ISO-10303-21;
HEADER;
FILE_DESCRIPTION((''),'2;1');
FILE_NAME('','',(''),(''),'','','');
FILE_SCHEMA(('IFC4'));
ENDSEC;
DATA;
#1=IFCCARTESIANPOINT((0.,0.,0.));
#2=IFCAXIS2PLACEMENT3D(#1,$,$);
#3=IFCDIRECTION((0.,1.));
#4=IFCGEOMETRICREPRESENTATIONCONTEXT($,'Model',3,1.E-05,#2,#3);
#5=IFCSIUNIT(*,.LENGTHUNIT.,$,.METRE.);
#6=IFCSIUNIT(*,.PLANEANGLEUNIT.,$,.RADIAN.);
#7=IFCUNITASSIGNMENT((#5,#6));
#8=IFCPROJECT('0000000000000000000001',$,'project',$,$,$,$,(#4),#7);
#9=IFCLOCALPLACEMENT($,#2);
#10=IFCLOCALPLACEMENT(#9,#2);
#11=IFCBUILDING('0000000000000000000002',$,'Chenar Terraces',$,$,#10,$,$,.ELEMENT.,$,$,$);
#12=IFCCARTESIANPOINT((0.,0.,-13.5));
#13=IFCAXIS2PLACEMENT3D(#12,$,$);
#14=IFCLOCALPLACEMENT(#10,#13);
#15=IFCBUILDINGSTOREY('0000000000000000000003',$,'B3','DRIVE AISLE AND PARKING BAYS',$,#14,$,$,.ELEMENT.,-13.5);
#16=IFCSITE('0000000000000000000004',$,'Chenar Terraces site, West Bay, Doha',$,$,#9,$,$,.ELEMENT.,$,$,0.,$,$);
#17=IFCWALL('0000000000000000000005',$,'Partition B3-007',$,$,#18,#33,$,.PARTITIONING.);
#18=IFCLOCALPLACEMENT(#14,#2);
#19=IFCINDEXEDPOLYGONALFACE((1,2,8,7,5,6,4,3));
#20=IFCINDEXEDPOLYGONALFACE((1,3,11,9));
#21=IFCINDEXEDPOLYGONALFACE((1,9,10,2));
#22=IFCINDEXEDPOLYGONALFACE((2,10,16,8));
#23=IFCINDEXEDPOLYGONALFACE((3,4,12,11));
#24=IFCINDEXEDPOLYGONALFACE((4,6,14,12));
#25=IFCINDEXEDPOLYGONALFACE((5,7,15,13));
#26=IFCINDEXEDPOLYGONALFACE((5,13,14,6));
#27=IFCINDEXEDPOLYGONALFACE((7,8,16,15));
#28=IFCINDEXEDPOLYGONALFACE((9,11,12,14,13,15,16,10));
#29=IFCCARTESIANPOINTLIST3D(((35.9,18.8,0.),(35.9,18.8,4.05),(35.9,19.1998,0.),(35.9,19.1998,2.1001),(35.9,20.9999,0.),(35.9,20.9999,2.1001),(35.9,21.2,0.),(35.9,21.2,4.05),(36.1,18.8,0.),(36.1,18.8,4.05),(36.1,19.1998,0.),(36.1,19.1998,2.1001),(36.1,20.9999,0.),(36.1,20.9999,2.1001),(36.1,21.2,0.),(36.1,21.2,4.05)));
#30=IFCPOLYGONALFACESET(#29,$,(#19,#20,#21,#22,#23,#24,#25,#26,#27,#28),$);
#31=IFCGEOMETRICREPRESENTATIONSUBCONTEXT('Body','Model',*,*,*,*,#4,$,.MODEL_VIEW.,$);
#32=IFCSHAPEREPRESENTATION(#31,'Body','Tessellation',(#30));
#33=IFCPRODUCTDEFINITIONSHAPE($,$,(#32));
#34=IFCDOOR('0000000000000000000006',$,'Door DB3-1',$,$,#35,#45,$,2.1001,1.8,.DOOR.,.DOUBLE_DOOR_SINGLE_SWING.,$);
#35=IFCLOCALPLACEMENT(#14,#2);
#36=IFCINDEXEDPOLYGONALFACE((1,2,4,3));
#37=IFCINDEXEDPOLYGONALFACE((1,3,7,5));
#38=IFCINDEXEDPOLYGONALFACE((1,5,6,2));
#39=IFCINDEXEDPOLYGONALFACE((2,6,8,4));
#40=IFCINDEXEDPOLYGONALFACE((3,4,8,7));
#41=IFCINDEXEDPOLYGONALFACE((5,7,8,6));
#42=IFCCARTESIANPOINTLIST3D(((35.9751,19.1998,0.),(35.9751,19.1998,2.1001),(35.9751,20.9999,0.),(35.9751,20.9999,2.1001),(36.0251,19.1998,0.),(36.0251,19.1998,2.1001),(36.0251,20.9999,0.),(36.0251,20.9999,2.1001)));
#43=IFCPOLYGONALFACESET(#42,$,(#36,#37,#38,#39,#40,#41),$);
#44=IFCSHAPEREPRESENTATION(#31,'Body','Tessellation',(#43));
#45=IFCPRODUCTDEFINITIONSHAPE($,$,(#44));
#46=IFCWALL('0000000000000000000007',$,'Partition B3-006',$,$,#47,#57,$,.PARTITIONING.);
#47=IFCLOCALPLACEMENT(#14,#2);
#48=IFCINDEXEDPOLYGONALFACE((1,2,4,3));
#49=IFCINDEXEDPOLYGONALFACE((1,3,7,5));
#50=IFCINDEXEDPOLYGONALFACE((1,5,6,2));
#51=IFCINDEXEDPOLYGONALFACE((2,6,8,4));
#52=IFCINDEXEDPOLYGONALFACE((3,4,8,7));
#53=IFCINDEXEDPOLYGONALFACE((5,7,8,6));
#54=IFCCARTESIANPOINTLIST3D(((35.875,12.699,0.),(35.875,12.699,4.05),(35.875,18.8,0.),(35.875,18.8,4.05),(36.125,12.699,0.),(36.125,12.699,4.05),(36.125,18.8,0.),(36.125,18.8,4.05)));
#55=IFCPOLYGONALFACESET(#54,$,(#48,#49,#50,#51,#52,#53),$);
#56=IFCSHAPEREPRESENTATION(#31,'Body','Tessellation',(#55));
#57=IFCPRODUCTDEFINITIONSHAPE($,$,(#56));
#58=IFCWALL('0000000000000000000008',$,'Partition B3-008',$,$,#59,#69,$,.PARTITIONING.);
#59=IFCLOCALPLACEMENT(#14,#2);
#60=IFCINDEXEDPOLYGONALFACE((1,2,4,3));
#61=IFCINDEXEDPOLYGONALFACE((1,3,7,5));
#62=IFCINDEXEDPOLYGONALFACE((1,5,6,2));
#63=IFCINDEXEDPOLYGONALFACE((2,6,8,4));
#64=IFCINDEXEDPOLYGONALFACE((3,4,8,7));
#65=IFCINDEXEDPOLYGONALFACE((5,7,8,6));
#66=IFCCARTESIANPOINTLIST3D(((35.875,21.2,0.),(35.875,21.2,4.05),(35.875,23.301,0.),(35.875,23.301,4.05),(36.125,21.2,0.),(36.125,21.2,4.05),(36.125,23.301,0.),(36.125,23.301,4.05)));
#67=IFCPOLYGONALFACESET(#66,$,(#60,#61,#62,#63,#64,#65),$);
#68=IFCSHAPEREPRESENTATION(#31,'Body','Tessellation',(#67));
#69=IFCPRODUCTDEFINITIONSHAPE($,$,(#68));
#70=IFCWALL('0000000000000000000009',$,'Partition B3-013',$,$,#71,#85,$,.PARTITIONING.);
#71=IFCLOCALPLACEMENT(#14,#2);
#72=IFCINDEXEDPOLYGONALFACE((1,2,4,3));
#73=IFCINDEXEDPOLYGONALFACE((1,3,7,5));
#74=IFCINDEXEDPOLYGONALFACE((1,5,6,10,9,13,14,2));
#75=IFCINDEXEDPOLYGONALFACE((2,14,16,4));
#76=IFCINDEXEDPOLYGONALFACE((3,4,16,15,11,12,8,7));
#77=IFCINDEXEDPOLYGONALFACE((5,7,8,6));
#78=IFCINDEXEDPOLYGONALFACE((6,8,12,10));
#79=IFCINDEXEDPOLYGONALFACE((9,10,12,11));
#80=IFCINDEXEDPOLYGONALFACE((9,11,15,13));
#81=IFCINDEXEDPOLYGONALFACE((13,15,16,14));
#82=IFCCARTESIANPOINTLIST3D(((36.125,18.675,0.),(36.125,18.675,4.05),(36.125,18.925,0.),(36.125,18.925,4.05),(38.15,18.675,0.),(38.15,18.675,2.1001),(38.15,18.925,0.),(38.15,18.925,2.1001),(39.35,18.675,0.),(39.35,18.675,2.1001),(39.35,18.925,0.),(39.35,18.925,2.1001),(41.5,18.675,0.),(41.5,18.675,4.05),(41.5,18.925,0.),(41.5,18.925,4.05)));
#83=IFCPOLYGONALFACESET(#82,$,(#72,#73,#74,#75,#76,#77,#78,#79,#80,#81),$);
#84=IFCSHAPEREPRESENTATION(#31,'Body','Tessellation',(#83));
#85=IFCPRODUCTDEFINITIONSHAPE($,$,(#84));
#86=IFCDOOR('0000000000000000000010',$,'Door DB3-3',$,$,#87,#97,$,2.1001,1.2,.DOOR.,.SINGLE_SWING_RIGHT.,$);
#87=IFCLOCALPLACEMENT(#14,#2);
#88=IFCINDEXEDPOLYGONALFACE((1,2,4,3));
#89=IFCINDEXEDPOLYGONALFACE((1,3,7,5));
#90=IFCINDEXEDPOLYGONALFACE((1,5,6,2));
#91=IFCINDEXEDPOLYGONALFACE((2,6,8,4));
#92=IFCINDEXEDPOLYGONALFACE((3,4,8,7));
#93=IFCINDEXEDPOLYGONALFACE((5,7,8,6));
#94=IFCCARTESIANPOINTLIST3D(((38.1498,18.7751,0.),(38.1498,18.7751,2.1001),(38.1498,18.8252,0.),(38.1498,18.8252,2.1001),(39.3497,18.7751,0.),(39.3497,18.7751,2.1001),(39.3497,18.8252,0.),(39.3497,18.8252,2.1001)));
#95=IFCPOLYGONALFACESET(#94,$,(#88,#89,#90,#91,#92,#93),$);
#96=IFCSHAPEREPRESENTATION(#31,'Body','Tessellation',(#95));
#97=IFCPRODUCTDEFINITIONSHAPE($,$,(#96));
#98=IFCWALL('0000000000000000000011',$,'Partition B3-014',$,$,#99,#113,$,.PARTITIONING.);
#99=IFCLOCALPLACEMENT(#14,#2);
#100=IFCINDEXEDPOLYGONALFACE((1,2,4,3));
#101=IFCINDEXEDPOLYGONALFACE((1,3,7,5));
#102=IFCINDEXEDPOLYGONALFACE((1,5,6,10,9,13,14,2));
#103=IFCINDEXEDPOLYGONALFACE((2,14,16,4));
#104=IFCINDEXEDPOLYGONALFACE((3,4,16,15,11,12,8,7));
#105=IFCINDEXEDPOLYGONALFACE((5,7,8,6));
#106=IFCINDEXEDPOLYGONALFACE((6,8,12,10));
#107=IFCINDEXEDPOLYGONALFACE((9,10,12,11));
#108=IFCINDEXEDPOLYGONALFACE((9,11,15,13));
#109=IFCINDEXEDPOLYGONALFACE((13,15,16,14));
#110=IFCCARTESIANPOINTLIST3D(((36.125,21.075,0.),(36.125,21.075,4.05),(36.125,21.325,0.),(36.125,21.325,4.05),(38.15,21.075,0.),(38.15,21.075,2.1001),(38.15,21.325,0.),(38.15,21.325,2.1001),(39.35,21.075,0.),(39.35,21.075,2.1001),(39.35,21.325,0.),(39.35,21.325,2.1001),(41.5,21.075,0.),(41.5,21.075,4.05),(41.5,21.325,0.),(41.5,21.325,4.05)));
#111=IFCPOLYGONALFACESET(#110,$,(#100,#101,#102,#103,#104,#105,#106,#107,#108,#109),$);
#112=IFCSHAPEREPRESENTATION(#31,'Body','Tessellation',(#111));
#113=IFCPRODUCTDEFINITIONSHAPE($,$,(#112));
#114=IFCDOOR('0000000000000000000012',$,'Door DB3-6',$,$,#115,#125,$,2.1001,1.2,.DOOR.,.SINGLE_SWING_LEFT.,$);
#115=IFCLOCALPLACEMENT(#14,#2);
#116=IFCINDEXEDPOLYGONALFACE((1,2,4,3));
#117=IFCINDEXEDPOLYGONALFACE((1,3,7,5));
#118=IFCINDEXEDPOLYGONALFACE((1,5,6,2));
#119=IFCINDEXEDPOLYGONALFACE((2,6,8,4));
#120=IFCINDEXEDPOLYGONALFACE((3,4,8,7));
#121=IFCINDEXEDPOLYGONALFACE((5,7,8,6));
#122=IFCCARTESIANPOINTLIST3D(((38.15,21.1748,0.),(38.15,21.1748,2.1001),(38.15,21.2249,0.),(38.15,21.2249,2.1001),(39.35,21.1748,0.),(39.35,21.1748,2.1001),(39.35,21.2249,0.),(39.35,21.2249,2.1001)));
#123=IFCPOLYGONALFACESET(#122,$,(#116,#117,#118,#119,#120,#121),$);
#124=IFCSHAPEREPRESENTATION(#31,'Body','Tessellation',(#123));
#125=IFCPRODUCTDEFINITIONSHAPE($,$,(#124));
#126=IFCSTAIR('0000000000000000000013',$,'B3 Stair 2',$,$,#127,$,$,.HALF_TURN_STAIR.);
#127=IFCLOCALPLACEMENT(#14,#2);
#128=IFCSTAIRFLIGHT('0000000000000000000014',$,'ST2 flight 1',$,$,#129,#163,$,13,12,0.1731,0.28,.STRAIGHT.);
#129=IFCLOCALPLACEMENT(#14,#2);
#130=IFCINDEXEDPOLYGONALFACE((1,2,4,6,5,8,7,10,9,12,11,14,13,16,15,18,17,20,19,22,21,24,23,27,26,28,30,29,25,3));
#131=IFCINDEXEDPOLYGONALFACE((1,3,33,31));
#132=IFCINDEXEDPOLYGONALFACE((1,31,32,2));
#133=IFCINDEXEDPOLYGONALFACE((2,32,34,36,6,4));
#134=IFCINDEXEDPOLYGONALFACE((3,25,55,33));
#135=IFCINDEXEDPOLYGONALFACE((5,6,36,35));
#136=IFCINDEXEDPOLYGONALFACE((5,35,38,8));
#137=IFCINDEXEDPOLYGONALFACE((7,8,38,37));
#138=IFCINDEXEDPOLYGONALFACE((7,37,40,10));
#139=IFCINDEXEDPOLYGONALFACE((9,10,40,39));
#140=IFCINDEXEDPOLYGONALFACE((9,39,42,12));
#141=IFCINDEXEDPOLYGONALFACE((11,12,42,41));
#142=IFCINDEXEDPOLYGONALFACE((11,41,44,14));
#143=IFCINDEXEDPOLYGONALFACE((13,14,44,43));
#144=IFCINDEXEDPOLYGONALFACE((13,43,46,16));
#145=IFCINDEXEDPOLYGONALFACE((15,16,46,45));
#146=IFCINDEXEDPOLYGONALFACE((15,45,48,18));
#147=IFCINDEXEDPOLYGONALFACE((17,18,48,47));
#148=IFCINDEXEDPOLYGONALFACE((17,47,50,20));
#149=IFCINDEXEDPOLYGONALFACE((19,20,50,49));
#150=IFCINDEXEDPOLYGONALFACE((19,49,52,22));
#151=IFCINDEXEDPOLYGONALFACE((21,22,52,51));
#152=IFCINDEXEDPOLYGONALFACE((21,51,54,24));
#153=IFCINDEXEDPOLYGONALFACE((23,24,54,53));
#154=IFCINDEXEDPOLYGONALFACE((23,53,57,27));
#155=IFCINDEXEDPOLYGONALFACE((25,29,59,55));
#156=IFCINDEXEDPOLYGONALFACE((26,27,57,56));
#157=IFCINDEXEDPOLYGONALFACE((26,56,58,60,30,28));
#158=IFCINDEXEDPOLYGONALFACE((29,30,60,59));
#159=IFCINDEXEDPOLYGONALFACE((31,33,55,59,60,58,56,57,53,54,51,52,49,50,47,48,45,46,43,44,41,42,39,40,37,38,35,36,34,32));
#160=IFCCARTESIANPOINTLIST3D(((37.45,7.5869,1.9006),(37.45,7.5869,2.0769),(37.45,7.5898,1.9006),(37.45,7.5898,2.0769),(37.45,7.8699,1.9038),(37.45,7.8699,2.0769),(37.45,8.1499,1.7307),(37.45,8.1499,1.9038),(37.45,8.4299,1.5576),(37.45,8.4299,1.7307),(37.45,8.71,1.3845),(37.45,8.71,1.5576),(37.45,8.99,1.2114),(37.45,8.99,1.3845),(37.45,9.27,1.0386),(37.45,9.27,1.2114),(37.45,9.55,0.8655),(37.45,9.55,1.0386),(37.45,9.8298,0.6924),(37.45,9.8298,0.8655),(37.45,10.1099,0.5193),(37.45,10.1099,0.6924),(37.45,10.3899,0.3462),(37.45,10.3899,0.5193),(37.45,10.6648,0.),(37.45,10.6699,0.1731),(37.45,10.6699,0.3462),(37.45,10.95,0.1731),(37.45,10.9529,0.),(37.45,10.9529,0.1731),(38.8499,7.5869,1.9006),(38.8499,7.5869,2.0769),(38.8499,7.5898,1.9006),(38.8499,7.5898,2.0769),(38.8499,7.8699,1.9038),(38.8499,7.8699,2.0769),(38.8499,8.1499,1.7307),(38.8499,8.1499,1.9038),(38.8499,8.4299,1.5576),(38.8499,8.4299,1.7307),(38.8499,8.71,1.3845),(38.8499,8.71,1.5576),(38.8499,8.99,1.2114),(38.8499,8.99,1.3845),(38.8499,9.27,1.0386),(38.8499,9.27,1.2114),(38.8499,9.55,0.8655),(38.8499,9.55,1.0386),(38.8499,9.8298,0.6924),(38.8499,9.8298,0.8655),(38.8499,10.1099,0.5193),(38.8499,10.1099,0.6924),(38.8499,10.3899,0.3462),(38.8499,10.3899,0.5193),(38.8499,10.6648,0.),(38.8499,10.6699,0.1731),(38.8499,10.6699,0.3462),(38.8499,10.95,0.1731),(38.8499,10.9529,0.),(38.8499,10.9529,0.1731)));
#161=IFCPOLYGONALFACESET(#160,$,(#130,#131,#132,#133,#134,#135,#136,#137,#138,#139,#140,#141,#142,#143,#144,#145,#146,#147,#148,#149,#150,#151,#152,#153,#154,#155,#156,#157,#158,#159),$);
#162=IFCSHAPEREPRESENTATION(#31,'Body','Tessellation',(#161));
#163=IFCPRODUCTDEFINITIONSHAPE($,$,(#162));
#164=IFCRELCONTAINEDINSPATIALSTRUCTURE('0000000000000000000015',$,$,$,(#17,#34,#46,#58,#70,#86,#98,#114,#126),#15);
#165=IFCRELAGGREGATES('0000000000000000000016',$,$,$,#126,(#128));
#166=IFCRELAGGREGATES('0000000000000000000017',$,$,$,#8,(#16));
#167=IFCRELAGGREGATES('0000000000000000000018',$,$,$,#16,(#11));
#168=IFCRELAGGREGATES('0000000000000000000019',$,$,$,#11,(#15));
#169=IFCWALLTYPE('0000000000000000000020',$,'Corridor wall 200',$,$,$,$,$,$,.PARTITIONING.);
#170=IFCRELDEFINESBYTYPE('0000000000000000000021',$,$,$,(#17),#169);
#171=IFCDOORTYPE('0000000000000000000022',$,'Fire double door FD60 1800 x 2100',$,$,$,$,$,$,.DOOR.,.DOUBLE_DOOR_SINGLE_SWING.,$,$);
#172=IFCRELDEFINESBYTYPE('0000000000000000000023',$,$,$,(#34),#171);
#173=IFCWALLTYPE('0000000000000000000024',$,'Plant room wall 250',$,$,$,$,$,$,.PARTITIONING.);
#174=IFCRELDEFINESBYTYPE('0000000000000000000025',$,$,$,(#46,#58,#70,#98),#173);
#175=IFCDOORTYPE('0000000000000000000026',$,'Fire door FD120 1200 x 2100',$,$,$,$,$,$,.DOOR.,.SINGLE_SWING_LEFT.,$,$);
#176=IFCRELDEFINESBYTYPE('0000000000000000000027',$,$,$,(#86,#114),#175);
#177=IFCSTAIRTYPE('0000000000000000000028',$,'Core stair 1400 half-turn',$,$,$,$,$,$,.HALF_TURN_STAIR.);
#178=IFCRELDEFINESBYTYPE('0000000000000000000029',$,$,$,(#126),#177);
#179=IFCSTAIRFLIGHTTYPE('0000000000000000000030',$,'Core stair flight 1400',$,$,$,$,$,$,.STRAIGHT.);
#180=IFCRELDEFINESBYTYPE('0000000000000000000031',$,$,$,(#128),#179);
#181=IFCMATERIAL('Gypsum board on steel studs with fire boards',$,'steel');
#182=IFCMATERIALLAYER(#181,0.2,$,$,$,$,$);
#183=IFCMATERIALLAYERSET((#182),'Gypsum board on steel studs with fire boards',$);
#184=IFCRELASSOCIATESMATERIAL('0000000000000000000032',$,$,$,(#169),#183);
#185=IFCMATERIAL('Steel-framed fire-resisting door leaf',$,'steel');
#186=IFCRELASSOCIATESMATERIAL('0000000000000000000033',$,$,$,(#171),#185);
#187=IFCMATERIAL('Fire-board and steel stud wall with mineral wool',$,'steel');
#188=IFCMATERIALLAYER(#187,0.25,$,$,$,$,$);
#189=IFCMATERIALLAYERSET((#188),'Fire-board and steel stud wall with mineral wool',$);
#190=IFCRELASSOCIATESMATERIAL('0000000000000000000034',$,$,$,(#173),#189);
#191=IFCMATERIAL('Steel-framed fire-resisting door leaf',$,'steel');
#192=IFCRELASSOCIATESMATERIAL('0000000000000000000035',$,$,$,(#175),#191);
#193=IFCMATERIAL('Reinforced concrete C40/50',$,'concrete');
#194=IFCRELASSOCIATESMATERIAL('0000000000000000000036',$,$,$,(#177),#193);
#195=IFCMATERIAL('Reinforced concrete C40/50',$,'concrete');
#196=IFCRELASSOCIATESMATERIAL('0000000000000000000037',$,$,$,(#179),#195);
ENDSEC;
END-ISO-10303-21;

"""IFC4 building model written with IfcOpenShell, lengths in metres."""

from ifc_helpers import new_model, si_unit, direction, frame, frame_2d, origin, place, context, subcontext, project, spatial, polyline, rectangle, outline, extrude, material, layer, layer_set, type_object, element, fill, aggregate, save


model = new_model("IFC4")

# Units and contexts
model_context = context("Model", 3, precision=1e-05, world=origin(), true_north=direction((0.0, 1.0)))
body_context = subcontext(model_context, "Body", "Model", "MODEL_VIEW")
ifc_project = project(units=[si_unit("LENGTHUNIT", "METRE"), si_unit("PLANEANGLEUNIT", "RADIAN")], contexts=[model_context])

# Site, building, storey
site_placement = place(None, origin())
site = spatial("IfcSite", under=ifc_project, at=site_placement, Name="Chenar Terraces site, West Bay, Doha", CompositionType="ELEMENT", RefElevation=0.0)
building_placement = place(site_placement, origin())
building = spatial("IfcBuilding", under=site, at=building_placement, Name="Chenar Terraces", CompositionType="ELEMENT")
storey_placement = place(building_placement, frame((0.0, 0.0, -13.5)))
storey = spatial("IfcBuildingStorey", under=building, at=storey_placement, Name="B3", Description="DRIVE AISLE AND PARKING BAYS", CompositionType="ELEMENT", Elevation=-13.5)

# Wall, opening, door
ifc_material_1 = material(Name="Gypsum board on steel studs with fire boards", Category="steel")
ifc_layer_1 = layer(ifc_material_1, 0.2)
ifc_layer_set_1 = layer_set([ifc_layer_1], Name="Gypsum board on steel studs with fire boards")
wall_type_1 = type_object("IfcWallType", Name="Corridor wall 200", PredefinedType="PARTITIONING", material=ifc_layer_set_1)
wall_1_placement = place(storey_placement, frame((36.0, 18.8, 0.0), z_axis=(0.0, 0.0, 1.0), x_axis=(0.0, 1.0, 0.0)))
wall_1 = element("IfcWall", 1, at=wall_1_placement, inside=storey, type_object=wall_type_1, Name="Partition B3-007", PredefinedType="PARTITIONING", context=body_context, shape_type="SweptSolid", body=[
    extrude(rectangle(XDim=2.3999, YDim=0.2, at=frame_2d((1.2, 0.0))), origin(), (0.0, 0.0, 1.0), 4.05),
])
opening_1_placement = place(wall_1_placement, frame((0.3999, 0.0, 0.0)))
opening_1 = element("IfcOpeningElement", 2, at=opening_1_placement, cuts=wall_1, PredefinedType="OPENING", context=body_context, shape_type="SweptSolid", body=[
    extrude(rectangle(XDim=1.8, YDim=2.1001, at=frame_2d((0.8999, 1.05))), frame((0.0, 0.1099, 0.0), z_axis=(0.0, -1.0, 0.0), x_axis=(1.0, 0.0, 0.0)), (0.0, 0.0, 1.0), 0.22),
])
ifc_material_2 = material(Name="Steel-framed fire-resisting door leaf", Category="steel")
door_type_1 = type_object("IfcDoorType", Name="Fire double door FD60 1800 x 2100", OperationType="DOUBLE_DOOR_SINGLE_SWING", PredefinedType="DOOR", material=ifc_material_2)
door_1_placement = place(opening_1_placement, origin())
door_1 = element("IfcDoor", 3, at=door_1_placement, inside=storey, type_object=door_type_1, Name="Door DB3-1", OperationType="DOUBLE_DOOR_SINGLE_SWING", OverallHeight=2.1001, OverallWidth=1.8, PredefinedType="DOOR", context=body_context, shape_type="SweptSolid", body=[
    extrude(rectangle(XDim=1.8, YDim=2.1001, at=frame_2d((0.8999, 1.05))), frame((0.0, 0.0249, 0.0), z_axis=(0.0, -1.0, 0.0), x_axis=(1.0, 0.0, 0.0)), (0.0, 0.0, 1.0), 0.05),
])
fill(opening_1, door_1)

# Walls
ifc_material_3 = material(Name="Fire-board and steel stud wall with mineral wool", Category="steel")
ifc_layer_2 = layer(ifc_material_3, 0.25)
ifc_layer_set_2 = layer_set([ifc_layer_2], Name="Fire-board and steel stud wall with mineral wool")
wall_type_2 = type_object("IfcWallType", Name="Plant room wall 250", PredefinedType="PARTITIONING", material=ifc_layer_set_2)
wall_2_placement = place(storey_placement, frame((36.0, 12.699, 0.0), z_axis=(0.0, 0.0, 1.0), x_axis=(0.0, 1.0, 0.0)))
element("IfcWall", 4, at=wall_2_placement, inside=storey, type_object=wall_type_2, Name="Partition B3-006", PredefinedType="PARTITIONING", context=body_context, shape_type="SweptSolid", body=[
    extrude(rectangle(XDim=6.1011, YDim=0.25, at=frame_2d((3.0505, 0.0))), origin(), (0.0, 0.0, 1.0), 4.05),
])
wall_3_placement = place(storey_placement, frame((36.0, 21.2, 0.0), z_axis=(0.0, 0.0, 1.0), x_axis=(0.0, 1.0, 0.0)))
element("IfcWall", 5, at=wall_3_placement, inside=storey, type_object=wall_type_2, Name="Partition B3-008", PredefinedType="PARTITIONING", context=body_context, shape_type="SweptSolid", body=[
    extrude(rectangle(XDim=2.1011, YDim=0.25, at=frame_2d((1.0505, 0.0))), origin(), (0.0, 0.0, 1.0), 4.05),
])

# Walls, openings, doors
wall_4_placement = place(storey_placement, frame((36.125, 18.8, 0.0), z_axis=(0.0, 0.0, 1.0), x_axis=(1.0, 0.0, 0.0)))
wall_4 = element("IfcWall", 6, at=wall_4_placement, inside=storey, type_object=wall_type_2, Name="Partition B3-013", PredefinedType="PARTITIONING", context=body_context, shape_type="SweptSolid", body=[
    extrude(rectangle(XDim=5.375, YDim=0.25, at=frame_2d((2.6875, 0.0))), origin(), (0.0, 0.0, 1.0), 4.05),
])
opening_2_placement = place(wall_4_placement, frame((2.0249, 0.0, 0.0)))
opening_2 = element("IfcOpeningElement", 7, at=opening_2_placement, cuts=wall_4, PredefinedType="OPENING", context=body_context, shape_type="SweptSolid", body=[
    extrude(rectangle(XDim=1.2, YDim=2.1001, at=frame_2d((0.6001, 1.05))), frame((0.0, 0.135, 0.0), z_axis=(0.0, -1.0, 0.0), x_axis=(1.0, 0.0, 0.0)), (0.0, 0.0, 1.0), 0.27),
])
ifc_material_4 = material(Name="Steel-framed fire-resisting door leaf", Category="steel")
door_type_2 = type_object("IfcDoorType", Name="Fire door FD120 1200 x 2100", OperationType="SINGLE_SWING_LEFT", PredefinedType="DOOR", material=ifc_material_4)
door_2_placement = place(opening_2_placement, frame((1.2, 0.0, 0.0), z_axis=(0.0, 0.0, 1.0), x_axis=(-1.0, 0.0, 0.0)))
door_2 = element("IfcDoor", 8, at=door_2_placement, inside=storey, type_object=door_type_2, Name="Door DB3-3", OperationType="SINGLE_SWING_RIGHT", OverallHeight=2.1001, OverallWidth=1.2, PredefinedType="DOOR", context=body_context, shape_type="SweptSolid", body=[
    extrude(rectangle(XDim=1.2, YDim=2.1001, at=frame_2d((0.6001, 1.05))), frame((0.0, 0.0249, 0.0), z_axis=(0.0, -1.0, 0.0), x_axis=(1.0, 0.0, 0.0)), (0.0, 0.0, 1.0), 0.05),
])
fill(opening_2, door_2)
wall_5_placement = place(storey_placement, frame((36.125, 21.2, 0.0), z_axis=(0.0, 0.0, 1.0), x_axis=(1.0, 0.0, 0.0)))
wall_5 = element("IfcWall", 9, at=wall_5_placement, inside=storey, type_object=wall_type_2, Name="Partition B3-014", PredefinedType="PARTITIONING", context=body_context, shape_type="SweptSolid", body=[
    extrude(rectangle(XDim=5.375, YDim=0.25, at=frame_2d((2.6875, 0.0))), origin(), (0.0, 0.0, 1.0), 4.05),
])
opening_3_placement = place(wall_5_placement, frame((2.0249, 0.0, 0.0)))
opening_3 = element("IfcOpeningElement", 10, at=opening_3_placement, cuts=wall_5, PredefinedType="OPENING", context=body_context, shape_type="SweptSolid", body=[
    extrude(rectangle(XDim=1.2, YDim=2.1001, at=frame_2d((0.6001, 1.05))), frame((0.0, 0.135, 0.0), z_axis=(0.0, -1.0, 0.0), x_axis=(1.0, 0.0, 0.0)), (0.0, 0.0, 1.0), 0.27),
])
door_3_placement = place(opening_3_placement, origin())
door_3 = element("IfcDoor", 11, at=door_3_placement, inside=storey, type_object=door_type_2, Name="Door DB3-6", OperationType="SINGLE_SWING_LEFT", OverallHeight=2.1001, OverallWidth=1.2, PredefinedType="DOOR", context=body_context, shape_type="SweptSolid", body=[
    extrude(rectangle(XDim=1.2, YDim=2.1001, at=frame_2d((0.6001, 1.05))), frame((0.0, 0.0249, 0.0), z_axis=(0.0, -1.0, 0.0), x_axis=(1.0, 0.0, 0.0)), (0.0, 0.0, 1.0), 0.05),
])
fill(opening_3, door_3)

# Stair, stair flight
ifc_material_5 = material(Name="Reinforced concrete C40/50", Category="concrete")
stair_type = type_object("IfcStairType", Name="Core stair 1400 half-turn", PredefinedType="HALF_TURN_STAIR", material=ifc_material_5)
stair_placement = place(storey_placement, origin())
stair = element("IfcStair", 12, at=stair_placement, inside=storey, type_object=stair_type, Name="B3 Stair 2", PredefinedType="HALF_TURN_STAIR")
ifc_material_6 = material(Name="Reinforced concrete C40/50", Category="concrete")
stair_flight_type = type_object("IfcStairFlightType", Name="Core stair flight 1400", PredefinedType="STRAIGHT", material=ifc_material_6)
stair_flight_placement = place(storey_placement, frame((38.1499, 10.95, 0.0), z_axis=(0.0, 0.0, 1.0), x_axis=(0.0, -1.0, 0.0)))
stair_flight = element("IfcStairFlight", 13, at=stair_flight_placement, type_object=stair_flight_type, Name="ST2 flight 1", NumberOfRisers=13, NumberOfTreads=12, PredefinedType="STRAIGHT", RiserHeight=0.1731, TreadLength=0.28, context=body_context, shape_type="SweptSolid", body=[
    extrude(outline(polyline([(-0.0029, 0.0), (-0.0029, 0.1731), (0.0, 0.1731), (0.28, 0.1731), (0.28, 0.3462), (0.5601, 0.3462), (0.5601, 0.5193), (0.8401, 0.5193), (0.8401, 0.6924), (1.1201, 0.6924), (1.1201, 0.8655), (1.3999, 0.8655), (1.3999, 1.0386), (1.6799, 1.0386), (1.6799, 1.2114), (1.96, 1.2114), (1.96, 1.3845), (2.24, 1.3845), (2.24, 1.5576), (2.52, 1.5576), (2.52, 1.7307), (2.8, 1.7307), (2.8, 1.9038), (3.0801, 1.9038), (3.0801, 2.0769), (3.3601, 2.0769), (3.363, 2.0769), (3.363, 1.9006), (3.3601, 1.9006), (0.2852, 0.0), (-0.0029, 0.0)])), frame((0.0, 0.7, 0.0), z_axis=(0.0, -1.0, 0.0), x_axis=(1.0, 0.0, 0.0)), (0.0, 0.0, 1.0), 1.3999),
])
aggregate(stair, [stair_flight])

save(model, "model.ifc")
